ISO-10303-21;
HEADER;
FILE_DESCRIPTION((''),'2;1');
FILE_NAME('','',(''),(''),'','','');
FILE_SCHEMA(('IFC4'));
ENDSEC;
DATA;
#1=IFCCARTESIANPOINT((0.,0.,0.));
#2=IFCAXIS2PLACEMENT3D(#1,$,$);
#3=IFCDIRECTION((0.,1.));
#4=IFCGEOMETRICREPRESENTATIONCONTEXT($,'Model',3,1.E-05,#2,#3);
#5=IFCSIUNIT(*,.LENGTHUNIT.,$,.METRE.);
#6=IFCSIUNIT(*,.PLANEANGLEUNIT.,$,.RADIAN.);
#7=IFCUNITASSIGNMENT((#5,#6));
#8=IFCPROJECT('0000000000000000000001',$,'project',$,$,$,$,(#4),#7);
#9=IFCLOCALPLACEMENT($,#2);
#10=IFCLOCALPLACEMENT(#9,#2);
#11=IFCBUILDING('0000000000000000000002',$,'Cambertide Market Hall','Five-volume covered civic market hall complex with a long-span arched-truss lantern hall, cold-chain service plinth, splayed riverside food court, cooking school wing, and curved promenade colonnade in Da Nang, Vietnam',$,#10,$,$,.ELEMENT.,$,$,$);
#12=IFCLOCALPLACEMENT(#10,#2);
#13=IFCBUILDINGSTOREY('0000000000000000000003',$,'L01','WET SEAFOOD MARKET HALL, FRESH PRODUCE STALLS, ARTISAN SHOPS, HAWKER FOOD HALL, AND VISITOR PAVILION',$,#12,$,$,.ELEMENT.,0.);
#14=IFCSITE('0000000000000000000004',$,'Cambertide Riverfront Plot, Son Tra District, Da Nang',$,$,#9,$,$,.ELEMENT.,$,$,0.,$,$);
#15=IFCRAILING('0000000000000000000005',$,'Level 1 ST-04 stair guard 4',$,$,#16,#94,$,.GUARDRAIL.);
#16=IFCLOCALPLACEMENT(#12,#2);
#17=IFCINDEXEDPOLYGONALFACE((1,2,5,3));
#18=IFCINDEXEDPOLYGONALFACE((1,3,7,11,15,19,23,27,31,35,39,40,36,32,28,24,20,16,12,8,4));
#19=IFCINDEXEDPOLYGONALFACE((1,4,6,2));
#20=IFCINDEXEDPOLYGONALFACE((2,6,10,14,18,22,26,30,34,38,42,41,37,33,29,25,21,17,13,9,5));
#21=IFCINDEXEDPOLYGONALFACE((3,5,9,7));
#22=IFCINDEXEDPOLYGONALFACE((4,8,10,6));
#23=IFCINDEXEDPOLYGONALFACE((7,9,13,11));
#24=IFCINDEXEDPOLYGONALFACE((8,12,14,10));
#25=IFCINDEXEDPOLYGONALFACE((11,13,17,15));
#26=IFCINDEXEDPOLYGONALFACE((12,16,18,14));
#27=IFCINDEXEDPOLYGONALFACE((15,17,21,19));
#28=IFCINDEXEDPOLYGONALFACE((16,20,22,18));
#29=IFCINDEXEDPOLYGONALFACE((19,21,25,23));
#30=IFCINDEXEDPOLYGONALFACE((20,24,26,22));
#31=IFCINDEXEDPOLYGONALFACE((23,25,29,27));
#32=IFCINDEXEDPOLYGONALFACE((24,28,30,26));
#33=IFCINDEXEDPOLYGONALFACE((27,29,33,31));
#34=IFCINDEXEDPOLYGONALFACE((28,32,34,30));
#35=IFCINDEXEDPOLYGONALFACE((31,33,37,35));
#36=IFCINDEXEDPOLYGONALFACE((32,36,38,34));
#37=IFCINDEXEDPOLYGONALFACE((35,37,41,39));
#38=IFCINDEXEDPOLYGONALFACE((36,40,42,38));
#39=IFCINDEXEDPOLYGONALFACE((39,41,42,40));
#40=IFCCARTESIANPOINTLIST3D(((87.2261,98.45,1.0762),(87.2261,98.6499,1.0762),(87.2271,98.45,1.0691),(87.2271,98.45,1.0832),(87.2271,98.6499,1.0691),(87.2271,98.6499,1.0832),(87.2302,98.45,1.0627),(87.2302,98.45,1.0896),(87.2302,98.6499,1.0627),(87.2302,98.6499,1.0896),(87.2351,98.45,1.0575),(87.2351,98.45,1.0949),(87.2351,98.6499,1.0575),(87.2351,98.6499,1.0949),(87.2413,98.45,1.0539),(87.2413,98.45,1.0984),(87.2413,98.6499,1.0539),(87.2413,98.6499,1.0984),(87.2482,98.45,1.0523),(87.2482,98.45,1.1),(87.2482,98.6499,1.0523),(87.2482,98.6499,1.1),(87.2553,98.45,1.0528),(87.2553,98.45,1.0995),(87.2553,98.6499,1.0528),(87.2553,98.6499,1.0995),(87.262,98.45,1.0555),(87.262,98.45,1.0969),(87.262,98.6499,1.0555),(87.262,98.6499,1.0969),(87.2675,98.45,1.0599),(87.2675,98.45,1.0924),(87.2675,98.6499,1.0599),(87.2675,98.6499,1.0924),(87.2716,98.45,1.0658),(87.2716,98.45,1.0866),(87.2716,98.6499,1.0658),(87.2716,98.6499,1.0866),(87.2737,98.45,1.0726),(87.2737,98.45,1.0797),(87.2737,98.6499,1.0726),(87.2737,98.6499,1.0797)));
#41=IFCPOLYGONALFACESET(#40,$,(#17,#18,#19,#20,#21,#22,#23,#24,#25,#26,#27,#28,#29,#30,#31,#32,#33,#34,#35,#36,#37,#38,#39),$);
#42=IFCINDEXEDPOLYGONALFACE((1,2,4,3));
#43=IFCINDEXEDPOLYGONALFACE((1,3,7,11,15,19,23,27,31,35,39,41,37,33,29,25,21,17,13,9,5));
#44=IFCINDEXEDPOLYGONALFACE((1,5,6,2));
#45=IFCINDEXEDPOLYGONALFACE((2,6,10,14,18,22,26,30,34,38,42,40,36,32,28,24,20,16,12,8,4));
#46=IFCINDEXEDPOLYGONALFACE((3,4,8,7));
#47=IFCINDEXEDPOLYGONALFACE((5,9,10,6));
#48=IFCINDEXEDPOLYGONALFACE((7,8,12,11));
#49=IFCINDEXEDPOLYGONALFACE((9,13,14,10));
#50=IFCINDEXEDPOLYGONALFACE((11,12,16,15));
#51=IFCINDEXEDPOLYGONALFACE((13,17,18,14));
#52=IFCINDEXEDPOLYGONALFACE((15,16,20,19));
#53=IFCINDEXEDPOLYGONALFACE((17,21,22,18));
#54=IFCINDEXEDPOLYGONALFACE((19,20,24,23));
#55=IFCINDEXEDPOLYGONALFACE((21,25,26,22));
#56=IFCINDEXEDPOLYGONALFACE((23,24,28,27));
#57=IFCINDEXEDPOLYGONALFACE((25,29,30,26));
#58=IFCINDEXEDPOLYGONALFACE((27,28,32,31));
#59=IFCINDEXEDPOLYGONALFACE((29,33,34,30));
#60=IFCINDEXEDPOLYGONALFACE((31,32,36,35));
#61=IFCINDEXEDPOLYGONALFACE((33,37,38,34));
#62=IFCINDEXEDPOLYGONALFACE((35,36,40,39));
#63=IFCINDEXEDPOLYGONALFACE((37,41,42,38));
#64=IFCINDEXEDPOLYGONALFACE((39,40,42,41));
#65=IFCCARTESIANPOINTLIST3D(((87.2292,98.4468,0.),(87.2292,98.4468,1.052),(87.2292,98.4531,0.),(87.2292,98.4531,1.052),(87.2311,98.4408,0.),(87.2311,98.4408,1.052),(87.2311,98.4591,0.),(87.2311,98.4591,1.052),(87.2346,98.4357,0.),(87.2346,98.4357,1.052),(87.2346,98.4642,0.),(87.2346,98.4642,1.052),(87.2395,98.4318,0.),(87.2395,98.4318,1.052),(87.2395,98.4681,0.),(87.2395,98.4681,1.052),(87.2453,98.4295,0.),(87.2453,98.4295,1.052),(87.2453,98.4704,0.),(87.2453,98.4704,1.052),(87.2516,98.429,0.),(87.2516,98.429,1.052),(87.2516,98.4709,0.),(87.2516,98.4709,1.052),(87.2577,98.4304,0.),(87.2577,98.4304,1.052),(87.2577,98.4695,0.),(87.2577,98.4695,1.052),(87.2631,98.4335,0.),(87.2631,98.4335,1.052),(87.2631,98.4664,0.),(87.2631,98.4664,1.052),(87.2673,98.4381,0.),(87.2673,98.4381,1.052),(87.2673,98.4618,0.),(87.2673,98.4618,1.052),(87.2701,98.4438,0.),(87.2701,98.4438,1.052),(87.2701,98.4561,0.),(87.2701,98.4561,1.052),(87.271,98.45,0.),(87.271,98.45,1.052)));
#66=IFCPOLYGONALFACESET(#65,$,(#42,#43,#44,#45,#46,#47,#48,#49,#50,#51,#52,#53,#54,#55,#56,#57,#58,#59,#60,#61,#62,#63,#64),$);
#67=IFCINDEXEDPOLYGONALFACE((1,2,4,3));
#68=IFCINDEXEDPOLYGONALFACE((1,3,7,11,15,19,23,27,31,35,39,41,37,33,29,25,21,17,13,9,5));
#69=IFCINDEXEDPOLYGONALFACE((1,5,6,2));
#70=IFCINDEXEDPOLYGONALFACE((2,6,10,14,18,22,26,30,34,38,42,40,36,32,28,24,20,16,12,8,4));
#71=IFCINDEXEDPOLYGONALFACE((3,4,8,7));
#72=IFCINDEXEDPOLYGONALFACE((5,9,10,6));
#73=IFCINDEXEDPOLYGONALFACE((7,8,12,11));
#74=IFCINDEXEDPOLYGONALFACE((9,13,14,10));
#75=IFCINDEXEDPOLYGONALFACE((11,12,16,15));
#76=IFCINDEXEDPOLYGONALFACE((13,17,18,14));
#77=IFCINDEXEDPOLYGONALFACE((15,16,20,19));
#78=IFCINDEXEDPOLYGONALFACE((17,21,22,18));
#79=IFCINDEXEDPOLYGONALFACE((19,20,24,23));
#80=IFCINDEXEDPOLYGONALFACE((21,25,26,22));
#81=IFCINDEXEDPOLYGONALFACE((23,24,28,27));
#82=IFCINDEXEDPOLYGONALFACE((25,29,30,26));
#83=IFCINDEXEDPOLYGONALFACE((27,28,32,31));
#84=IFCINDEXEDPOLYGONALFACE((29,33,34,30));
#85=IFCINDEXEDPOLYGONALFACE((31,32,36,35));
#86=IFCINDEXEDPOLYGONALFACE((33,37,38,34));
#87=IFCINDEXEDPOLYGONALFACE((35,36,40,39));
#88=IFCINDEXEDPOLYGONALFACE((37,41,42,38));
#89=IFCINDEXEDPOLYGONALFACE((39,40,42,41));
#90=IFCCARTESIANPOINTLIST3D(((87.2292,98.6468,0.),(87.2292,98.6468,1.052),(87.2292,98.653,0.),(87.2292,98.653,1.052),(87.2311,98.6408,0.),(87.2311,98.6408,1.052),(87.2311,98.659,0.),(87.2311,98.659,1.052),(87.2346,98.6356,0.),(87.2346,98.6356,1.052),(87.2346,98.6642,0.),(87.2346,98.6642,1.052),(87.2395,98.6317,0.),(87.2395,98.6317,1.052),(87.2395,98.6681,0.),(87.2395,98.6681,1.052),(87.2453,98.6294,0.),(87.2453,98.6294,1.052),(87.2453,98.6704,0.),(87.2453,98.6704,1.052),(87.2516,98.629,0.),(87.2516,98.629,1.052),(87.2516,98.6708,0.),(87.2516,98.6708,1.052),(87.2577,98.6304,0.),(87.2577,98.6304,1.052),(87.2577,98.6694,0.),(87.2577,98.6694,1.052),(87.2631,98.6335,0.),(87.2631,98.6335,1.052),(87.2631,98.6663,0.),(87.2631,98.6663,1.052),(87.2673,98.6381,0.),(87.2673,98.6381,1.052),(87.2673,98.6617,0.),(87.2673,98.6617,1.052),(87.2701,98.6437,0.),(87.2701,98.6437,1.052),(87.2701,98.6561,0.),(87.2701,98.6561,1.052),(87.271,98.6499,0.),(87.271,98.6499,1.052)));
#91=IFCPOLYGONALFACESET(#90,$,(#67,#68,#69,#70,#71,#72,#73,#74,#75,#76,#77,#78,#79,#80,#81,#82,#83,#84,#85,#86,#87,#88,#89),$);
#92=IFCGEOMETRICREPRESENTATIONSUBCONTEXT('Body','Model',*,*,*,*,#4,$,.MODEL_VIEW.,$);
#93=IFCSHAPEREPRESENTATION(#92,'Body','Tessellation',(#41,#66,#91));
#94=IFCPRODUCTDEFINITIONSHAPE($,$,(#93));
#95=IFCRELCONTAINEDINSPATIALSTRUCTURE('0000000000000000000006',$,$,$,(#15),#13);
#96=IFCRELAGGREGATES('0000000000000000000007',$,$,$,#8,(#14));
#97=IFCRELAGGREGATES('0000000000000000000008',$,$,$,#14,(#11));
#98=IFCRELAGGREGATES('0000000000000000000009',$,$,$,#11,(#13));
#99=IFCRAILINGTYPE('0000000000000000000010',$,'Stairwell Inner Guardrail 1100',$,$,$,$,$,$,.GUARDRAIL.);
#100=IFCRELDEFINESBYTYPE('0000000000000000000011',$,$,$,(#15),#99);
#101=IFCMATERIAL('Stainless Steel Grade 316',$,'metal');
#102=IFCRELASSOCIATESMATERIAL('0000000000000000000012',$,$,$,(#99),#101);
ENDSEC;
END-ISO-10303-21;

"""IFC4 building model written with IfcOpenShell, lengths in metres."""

from ifc_helpers import new_model, si_unit, direction, frame, origin, origin_2d, place, context, subcontext, project, spatial, circle, extrude, material, type_object, element, save


model = new_model("IFC4")

# Units and contexts
model_context = context("Model", 3, precision=1e-05, world=origin(), true_north=direction((0.0, 1.0)))
body_context = subcontext(model_context, "Body", "Model", "MODEL_VIEW")
ifc_project = project(units=[si_unit("LENGTHUNIT", "METRE"), si_unit("PLANEANGLEUNIT", "RADIAN")], contexts=[model_context])

# Site, building, storey
site_placement = place(None, origin())
site = spatial("IfcSite", under=ifc_project, at=site_placement, Name="Cambertide Riverfront Plot, Son Tra District, Da Nang", CompositionType="ELEMENT", RefElevation=0.0)
building_placement = place(site_placement, origin())
building = spatial("IfcBuilding", under=site, at=building_placement, Name="Cambertide Market Hall", Description="Five-volume covered civic market hall complex with a long-span arched-truss lantern hall, cold-chain service plinth, splayed riverside food court, cooking school wing, and curved promenade colonnade in Da Nang, Vietnam", CompositionType="ELEMENT")
storey_placement = place(building_placement, origin())
storey = spatial("IfcBuildingStorey", under=building, at=storey_placement, Name="L01", Description="WET SEAFOOD MARKET HALL, FRESH PRODUCE STALLS, ARTISAN SHOPS, HAWKER FOOD HALL, AND VISITOR PAVILION", CompositionType="ELEMENT", Elevation=0.0)

# Railing
ifc_material_1 = material(Name="Stainless Steel Grade 316", Category="metal")
railing_type_1 = type_object("IfcRailingType", Name="Stairwell Inner Guardrail 1100", PredefinedType="GUARDRAIL", material=ifc_material_1)
railing_1_placement = place(storey_placement, frame((87.25, 98.45, 0.0)))
element("IfcRailing", 1, at=railing_1_placement, inside=storey, type_object=railing_type_1, Name="Level 1 ST-04 stair guard 4", PredefinedType="GUARDRAIL", context=body_context, shape_type="SweptSolid", body=[
    extrude(circle(Radius=0.0239, at=origin_2d()), frame((0.0, 0.0, 1.0762), z_axis=(0.0, 1.0, 0.0), x_axis=(-1.0, 0.0, 0.0)), (0.0, 0.0, 1.0), 0.2),
    extrude(circle(Radius=0.021, at=origin_2d()), origin(), (0.0, 0.0, 1.0), 1.052),
    extrude(circle(Radius=0.021, at=origin_2d()), frame((0.0, 0.2, 0.0)), (0.0, 0.0, 1.0), 1.052),
])

save(model, "model.ifc")
